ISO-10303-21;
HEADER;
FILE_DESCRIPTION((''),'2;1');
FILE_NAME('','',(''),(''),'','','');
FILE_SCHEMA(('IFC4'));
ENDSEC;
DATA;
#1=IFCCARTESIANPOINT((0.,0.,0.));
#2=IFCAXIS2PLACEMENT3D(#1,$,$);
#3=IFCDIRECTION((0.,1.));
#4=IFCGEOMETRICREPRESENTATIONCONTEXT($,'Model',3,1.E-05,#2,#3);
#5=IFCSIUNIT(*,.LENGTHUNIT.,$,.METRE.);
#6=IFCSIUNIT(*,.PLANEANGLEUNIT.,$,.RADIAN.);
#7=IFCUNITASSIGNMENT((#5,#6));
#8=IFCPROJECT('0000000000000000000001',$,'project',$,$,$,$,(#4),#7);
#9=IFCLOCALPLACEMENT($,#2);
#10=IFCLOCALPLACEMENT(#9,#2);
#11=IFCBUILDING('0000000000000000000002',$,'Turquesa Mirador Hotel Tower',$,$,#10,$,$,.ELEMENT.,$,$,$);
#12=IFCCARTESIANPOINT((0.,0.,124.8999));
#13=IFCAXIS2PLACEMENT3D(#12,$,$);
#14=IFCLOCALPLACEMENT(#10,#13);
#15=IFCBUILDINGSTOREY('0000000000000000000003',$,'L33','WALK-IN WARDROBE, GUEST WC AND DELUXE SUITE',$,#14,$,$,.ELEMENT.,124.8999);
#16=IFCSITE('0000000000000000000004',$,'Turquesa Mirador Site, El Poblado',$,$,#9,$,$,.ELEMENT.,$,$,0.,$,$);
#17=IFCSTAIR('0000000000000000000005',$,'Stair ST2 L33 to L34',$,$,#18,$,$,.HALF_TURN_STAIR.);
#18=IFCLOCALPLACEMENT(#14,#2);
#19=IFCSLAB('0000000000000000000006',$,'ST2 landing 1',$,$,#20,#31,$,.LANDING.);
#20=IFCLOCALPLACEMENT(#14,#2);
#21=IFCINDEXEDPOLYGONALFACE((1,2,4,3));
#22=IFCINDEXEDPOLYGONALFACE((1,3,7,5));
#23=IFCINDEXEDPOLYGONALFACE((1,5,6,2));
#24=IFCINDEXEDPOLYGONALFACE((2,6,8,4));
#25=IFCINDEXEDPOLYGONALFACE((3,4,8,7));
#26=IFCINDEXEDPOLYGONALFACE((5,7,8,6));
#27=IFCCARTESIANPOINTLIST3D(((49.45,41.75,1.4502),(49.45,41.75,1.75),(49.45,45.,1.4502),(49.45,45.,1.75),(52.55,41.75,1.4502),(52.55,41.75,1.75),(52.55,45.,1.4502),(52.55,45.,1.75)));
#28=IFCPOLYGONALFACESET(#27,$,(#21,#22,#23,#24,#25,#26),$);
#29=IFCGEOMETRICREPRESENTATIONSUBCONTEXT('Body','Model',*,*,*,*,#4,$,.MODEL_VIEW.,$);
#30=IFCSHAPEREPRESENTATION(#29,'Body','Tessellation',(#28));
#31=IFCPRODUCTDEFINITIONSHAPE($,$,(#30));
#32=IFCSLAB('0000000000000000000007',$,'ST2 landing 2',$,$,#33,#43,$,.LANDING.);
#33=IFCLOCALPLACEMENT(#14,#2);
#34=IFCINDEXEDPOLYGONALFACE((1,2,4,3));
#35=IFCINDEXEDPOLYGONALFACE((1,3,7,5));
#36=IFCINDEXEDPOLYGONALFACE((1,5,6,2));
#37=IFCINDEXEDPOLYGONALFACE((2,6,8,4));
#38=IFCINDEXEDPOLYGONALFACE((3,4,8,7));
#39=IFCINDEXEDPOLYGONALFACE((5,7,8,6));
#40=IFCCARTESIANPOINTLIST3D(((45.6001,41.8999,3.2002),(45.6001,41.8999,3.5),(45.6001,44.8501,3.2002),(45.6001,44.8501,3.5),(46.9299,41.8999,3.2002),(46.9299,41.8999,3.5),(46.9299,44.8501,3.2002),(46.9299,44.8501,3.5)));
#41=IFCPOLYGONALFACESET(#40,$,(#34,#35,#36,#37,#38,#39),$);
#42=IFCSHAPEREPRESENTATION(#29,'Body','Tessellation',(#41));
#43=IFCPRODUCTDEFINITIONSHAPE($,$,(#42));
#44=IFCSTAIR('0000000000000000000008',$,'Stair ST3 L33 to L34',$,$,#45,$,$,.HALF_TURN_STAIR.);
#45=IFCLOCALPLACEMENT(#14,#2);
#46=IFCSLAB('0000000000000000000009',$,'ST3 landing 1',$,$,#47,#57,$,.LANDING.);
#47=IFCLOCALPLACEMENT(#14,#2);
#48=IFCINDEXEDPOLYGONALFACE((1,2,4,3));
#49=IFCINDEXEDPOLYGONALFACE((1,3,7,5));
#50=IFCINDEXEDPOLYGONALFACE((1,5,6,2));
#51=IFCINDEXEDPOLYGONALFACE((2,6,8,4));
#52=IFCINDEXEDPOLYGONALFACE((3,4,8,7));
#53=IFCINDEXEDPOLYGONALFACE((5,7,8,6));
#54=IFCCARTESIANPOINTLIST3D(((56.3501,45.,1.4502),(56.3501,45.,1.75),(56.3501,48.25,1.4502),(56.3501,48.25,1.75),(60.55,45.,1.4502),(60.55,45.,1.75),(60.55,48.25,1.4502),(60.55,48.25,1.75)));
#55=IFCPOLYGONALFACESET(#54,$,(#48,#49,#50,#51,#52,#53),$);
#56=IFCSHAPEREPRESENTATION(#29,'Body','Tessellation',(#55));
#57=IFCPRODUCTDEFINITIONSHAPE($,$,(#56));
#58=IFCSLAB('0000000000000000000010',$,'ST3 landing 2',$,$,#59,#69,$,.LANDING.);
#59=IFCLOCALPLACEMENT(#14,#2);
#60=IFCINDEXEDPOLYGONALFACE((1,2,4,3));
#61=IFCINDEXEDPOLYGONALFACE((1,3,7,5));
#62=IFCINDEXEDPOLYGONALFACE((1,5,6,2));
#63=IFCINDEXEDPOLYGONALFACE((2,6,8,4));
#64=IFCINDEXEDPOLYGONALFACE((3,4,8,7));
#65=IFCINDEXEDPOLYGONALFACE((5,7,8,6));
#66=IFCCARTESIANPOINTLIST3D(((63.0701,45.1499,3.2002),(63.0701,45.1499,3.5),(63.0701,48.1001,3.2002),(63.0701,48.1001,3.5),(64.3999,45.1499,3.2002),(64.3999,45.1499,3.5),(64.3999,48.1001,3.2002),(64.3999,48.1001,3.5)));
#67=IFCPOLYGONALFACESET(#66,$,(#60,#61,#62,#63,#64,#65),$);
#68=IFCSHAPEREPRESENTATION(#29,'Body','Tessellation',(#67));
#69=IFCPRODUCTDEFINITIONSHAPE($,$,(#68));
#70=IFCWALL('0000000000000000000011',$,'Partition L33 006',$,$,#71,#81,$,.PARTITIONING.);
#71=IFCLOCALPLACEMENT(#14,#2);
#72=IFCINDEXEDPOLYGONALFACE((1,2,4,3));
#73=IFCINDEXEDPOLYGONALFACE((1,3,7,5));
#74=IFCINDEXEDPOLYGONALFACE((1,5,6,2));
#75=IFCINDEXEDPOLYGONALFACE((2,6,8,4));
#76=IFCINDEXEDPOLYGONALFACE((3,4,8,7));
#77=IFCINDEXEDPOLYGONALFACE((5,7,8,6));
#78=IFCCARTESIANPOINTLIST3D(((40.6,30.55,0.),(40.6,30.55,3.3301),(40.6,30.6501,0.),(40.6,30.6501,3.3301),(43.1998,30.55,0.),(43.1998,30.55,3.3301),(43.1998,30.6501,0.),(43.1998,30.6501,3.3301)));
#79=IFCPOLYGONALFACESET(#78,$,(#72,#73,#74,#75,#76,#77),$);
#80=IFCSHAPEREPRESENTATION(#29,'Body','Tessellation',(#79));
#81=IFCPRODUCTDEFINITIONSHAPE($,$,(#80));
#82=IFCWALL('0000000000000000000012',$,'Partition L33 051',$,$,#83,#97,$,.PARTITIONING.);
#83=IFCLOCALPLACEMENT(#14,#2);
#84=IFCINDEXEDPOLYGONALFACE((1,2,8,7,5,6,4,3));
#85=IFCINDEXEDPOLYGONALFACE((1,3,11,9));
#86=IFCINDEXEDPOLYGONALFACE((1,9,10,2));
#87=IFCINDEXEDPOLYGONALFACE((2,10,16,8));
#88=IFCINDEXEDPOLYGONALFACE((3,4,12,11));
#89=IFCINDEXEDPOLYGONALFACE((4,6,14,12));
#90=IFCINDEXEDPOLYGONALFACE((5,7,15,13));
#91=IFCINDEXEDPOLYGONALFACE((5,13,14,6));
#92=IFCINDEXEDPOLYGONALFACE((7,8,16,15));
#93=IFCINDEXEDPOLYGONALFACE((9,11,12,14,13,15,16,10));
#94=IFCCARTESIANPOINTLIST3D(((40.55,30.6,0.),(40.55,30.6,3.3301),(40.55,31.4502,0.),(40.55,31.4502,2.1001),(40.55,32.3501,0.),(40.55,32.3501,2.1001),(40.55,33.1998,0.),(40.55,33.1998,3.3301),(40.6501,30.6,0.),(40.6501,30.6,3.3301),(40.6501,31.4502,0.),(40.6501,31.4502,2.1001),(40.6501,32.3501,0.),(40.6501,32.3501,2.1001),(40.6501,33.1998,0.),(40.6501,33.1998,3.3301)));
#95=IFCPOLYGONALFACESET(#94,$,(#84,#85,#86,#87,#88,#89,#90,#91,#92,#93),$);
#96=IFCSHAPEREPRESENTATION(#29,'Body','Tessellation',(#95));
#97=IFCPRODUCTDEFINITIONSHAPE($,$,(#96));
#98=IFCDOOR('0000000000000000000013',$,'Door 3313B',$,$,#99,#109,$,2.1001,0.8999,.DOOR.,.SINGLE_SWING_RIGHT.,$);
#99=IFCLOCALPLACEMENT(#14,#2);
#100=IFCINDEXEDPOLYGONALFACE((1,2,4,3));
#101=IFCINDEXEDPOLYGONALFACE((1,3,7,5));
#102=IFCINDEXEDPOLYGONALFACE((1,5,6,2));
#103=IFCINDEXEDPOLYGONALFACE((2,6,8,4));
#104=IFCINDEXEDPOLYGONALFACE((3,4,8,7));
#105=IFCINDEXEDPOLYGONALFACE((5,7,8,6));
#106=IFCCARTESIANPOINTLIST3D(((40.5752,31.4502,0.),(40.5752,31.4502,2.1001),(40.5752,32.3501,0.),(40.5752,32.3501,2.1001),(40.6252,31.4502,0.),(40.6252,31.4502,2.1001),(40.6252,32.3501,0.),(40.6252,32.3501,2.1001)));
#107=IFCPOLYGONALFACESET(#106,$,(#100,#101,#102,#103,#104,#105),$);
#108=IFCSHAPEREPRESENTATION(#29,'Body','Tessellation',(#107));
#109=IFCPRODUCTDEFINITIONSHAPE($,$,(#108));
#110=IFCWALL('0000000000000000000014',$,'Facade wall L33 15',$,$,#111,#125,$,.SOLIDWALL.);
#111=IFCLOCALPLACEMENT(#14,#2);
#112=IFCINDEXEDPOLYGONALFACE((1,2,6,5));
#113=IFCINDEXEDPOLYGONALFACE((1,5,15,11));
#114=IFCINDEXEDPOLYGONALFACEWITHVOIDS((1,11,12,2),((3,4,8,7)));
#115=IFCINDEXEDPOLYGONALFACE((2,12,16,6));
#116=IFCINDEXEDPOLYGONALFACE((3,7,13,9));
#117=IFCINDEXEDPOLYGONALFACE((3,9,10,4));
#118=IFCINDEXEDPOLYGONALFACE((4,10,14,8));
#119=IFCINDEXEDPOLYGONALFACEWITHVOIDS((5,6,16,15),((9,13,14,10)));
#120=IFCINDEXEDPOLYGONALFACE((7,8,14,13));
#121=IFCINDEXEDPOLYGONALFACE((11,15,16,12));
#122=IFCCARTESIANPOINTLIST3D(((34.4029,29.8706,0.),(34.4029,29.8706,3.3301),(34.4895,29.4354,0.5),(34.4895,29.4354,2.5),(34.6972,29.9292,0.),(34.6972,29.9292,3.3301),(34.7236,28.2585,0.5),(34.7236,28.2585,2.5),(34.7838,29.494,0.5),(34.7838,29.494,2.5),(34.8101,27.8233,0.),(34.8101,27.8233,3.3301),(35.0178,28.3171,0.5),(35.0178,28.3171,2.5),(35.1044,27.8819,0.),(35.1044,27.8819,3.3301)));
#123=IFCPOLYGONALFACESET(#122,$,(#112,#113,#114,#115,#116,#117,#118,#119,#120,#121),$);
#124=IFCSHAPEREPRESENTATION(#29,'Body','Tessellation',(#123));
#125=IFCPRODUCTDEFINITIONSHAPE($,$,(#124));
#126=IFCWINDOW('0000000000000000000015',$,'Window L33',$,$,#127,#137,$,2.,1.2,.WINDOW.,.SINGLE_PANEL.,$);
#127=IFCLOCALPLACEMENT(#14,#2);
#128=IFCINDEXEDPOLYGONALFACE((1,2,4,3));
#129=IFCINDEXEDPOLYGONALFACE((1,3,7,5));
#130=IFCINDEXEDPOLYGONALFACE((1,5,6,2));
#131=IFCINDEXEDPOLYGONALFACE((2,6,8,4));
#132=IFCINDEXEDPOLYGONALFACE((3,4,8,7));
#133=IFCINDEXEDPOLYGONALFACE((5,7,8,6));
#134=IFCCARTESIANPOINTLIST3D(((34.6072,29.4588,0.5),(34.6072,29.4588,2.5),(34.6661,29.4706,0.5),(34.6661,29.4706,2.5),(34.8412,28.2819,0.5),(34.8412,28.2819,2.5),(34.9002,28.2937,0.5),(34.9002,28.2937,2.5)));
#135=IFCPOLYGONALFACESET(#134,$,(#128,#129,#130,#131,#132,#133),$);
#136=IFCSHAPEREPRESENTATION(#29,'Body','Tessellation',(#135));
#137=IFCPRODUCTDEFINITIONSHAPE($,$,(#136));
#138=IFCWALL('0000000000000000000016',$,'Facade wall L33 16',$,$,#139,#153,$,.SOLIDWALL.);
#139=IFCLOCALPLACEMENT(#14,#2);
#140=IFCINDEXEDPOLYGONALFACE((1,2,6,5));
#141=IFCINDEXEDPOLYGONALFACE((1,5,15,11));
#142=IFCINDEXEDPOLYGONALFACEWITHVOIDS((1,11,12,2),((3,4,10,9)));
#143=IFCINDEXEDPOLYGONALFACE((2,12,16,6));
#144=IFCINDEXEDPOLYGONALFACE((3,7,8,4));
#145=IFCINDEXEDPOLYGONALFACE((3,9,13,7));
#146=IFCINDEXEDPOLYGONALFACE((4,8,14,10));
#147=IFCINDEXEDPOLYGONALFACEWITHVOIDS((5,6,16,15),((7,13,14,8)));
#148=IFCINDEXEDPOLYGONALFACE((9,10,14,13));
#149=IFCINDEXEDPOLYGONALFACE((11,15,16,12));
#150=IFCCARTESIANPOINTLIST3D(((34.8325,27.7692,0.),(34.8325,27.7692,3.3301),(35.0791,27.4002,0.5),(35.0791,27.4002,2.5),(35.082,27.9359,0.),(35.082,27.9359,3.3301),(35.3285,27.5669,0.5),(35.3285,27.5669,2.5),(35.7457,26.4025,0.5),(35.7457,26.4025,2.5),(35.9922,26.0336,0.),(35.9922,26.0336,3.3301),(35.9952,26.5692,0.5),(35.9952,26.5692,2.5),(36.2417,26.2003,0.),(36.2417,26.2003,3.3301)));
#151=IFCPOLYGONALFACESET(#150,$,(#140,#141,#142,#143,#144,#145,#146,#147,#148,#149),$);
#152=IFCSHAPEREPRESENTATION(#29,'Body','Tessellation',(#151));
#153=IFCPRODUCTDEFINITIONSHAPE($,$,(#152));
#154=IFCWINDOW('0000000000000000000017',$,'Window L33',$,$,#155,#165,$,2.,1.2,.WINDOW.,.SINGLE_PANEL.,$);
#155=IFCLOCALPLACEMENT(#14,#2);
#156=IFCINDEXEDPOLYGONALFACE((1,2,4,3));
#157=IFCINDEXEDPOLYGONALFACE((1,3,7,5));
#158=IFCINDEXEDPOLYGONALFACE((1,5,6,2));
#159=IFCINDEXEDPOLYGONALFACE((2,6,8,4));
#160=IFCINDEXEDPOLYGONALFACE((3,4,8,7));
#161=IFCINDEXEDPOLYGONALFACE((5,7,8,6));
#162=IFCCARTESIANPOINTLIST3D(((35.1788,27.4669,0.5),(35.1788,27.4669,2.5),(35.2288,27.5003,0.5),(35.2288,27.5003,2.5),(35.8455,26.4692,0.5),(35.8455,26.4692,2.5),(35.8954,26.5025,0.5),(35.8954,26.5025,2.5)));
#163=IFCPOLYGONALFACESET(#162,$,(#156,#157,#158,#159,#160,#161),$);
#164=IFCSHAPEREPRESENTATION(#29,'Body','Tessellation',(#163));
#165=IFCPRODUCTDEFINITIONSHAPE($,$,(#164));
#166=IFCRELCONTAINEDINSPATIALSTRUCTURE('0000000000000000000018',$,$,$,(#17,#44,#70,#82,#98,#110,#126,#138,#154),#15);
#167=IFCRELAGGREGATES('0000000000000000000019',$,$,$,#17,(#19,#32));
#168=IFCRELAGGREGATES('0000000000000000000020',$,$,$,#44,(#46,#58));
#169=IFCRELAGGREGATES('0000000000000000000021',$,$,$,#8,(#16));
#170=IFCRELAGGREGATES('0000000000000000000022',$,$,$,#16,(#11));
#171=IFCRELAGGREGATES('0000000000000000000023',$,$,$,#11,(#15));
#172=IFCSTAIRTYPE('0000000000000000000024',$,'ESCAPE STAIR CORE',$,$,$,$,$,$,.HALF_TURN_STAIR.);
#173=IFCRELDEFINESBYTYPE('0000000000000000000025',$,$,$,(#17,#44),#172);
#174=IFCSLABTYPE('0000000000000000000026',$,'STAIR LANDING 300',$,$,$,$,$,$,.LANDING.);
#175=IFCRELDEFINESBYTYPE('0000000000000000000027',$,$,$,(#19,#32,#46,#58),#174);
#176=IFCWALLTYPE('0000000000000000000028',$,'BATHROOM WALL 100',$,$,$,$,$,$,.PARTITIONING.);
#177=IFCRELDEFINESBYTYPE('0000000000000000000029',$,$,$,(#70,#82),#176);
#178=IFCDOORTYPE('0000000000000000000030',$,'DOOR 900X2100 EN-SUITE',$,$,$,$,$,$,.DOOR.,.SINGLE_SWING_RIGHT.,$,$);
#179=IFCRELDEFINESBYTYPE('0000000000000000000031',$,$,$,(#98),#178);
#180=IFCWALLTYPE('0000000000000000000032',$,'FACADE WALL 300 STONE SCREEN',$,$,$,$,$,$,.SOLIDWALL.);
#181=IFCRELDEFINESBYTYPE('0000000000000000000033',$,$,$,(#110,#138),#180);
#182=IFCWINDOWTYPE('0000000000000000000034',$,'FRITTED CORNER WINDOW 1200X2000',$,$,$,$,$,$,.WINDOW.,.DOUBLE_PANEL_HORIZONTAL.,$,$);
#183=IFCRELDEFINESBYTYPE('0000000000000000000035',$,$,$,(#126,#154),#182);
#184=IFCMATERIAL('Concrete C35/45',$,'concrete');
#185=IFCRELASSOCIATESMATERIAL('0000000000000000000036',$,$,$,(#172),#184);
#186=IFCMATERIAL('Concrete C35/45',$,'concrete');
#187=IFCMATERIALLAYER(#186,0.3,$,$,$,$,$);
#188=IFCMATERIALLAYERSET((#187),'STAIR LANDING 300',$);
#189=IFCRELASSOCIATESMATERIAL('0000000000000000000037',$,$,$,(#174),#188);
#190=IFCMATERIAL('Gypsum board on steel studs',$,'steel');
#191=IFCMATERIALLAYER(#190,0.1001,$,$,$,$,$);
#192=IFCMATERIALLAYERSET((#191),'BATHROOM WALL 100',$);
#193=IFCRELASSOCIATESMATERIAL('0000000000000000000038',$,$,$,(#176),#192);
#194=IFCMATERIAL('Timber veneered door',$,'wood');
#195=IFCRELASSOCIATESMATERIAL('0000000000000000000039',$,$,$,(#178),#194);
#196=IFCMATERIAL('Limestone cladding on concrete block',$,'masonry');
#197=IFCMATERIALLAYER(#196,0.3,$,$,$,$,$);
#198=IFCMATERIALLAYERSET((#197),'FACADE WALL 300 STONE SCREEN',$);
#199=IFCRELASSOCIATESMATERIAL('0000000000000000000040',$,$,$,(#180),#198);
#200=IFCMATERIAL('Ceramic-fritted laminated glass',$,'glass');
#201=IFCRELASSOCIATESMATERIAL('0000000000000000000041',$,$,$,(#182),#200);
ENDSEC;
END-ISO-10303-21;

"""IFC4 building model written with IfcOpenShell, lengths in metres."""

from ifc_helpers import new_model, si_unit, direction, frame, frame_2d, origin, place, context, subcontext, project, spatial, polyline, rectangle, outline, extrude, material, layer, layer_set, type_object, element, fill, aggregate, save


model = new_model("IFC4")

# Units and contexts
model_context = context("Model", 3, precision=1e-05, world=origin(), true_north=direction((0.0, 1.0)))
body_context = subcontext(model_context, "Body", "Model", "MODEL_VIEW")
ifc_project = project(units=[si_unit("LENGTHUNIT", "METRE"), si_unit("PLANEANGLEUNIT", "RADIAN")], contexts=[model_context])

# Site, building, storey
site_placement = place(None, origin())
site = spatial("IfcSite", under=ifc_project, at=site_placement, Name="Turquesa Mirador Site, El Poblado", CompositionType="ELEMENT", RefElevation=0.0)
building_placement = place(site_placement, origin())
building = spatial("IfcBuilding", under=site, at=building_placement, Name="Turquesa Mirador Hotel Tower", CompositionType="ELEMENT")
storey_placement = place(building_placement, frame((0.0, 0.0, 124.8999)))
storey = spatial("IfcBuildingStorey", under=building, at=storey_placement, Name="L33", Description="WALK-IN WARDROBE, GUEST WC AND DELUXE SUITE", CompositionType="ELEMENT", Elevation=124.8999)

# Stairs, slabs
ifc_material_1 = material(Name="Concrete C35/45", Category="concrete")
stair_type = type_object("IfcStairType", Name="ESCAPE STAIR CORE", PredefinedType="HALF_TURN_STAIR", material=ifc_material_1)
ifc_material_2 = material(Name="Concrete C35/45", Category="concrete")
ifc_layer_1 = layer(ifc_material_2, 0.3)
ifc_layer_set_1 = layer_set([ifc_layer_1], Name="STAIR LANDING 300")
slab_type_1 = type_object("IfcSlabType", Name="STAIR LANDING 300", PredefinedType="LANDING", material=ifc_layer_set_1)
stair_1_placement = place(storey_placement, origin())
stair_1 = element("IfcStair", 1, at=stair_1_placement, inside=storey, type_object=stair_type, Name="Stair ST2 L33 to L34", PredefinedType="HALF_TURN_STAIR")
slab_1_placement = place(storey_placement, frame((0.0, 0.0, 1.4502)))
slab_1 = element("IfcSlab", 2, at=slab_1_placement, type_object=slab_type_1, Name="ST2 landing 1", PredefinedType="LANDING", context=body_context, shape_type="SweptSolid", body=[
    extrude(outline(polyline([(52.55, 45.0), (49.45, 45.0), (49.45, 41.75), (52.55, 41.75), (52.55, 45.0)])), origin(), (0.0, 0.0, 1.0), 0.2998),
])
slab_2_placement = place(storey_placement, frame((0.0, 0.0, 3.2002)))
slab_2 = element("IfcSlab", 3, at=slab_2_placement, type_object=slab_type_1, Name="ST2 landing 2", PredefinedType="LANDING", context=body_context, shape_type="SweptSolid", body=[
    extrude(outline(polyline([(46.9299, 44.8501), (45.6001, 44.8501), (45.6001, 41.8999), (46.9299, 41.8999), (46.9299, 44.8501)])), origin(), (0.0, 0.0, 1.0), 0.2998),
])
aggregate(stair_1, [slab_1, slab_2])
stair_2_placement = place(storey_placement, origin())
stair_2 = element("IfcStair", 4, at=stair_2_placement, inside=storey, type_object=stair_type, Name="Stair ST3 L33 to L34", PredefinedType="HALF_TURN_STAIR")
slab_3_placement = place(storey_placement, frame((0.0, 0.0, 1.4502)))
slab_3 = element("IfcSlab", 5, at=slab_3_placement, type_object=slab_type_1, Name="ST3 landing 1", PredefinedType="LANDING", context=body_context, shape_type="SweptSolid", body=[
    extrude(outline(polyline([(56.3501, 45.0), (60.55, 45.0), (60.55, 48.25), (56.3501, 48.25), (56.3501, 45.0)])), origin(), (0.0, 0.0, 1.0), 0.2998),
])
slab_4_placement = place(storey_placement, frame((0.0, 0.0, 3.2002)))
slab_4 = element("IfcSlab", 6, at=slab_4_placement, type_object=slab_type_1, Name="ST3 landing 2", PredefinedType="LANDING", context=body_context, shape_type="SweptSolid", body=[
    extrude(outline(polyline([(63.0701, 45.1499), (64.3999, 45.1499), (64.3999, 48.1001), (63.0701, 48.1001), (63.0701, 45.1499)])), origin(), (0.0, 0.0, 1.0), 0.2998),
])
aggregate(stair_2, [slab_3, slab_4])

# Wall
ifc_material_3 = material(Name="Gypsum board on steel studs", Category="steel")
ifc_layer_2 = layer(ifc_material_3, 0.1001)
ifc_layer_set_2 = layer_set([ifc_layer_2], Name="BATHROOM WALL 100")
wall_type_1 = type_object("IfcWallType", Name="BATHROOM WALL 100", PredefinedType="PARTITIONING", material=ifc_layer_set_2)
wall_1_placement = place(storey_placement, frame((40.6001, 30.6001, 0.0), z_axis=(0.0, 0.0, 1.0), x_axis=(1.0, 0.0, 0.0)))
element("IfcWall", 7, at=wall_1_placement, inside=storey, type_object=wall_type_1, Name="Partition L33 006", PredefinedType="PARTITIONING", context=body_context, shape_type="SweptSolid", body=[
    extrude(rectangle(XDim=2.5999, YDim=0.1001, at=frame_2d((1.2998, 0.0))), origin(), (0.0, 0.0, 1.0), 3.3301),
])

# Wall, opening, door
wall_2_placement = place(storey_placement, frame((40.6001, 30.6001, 0.0), z_axis=(0.0, 0.0, 1.0), x_axis=(0.0, 1.0, 0.0)))
wall_2 = element("IfcWall", 8, at=wall_2_placement, inside=storey, type_object=wall_type_1, Name="Partition L33 051", PredefinedType="PARTITIONING", context=body_context, shape_type="SweptSolid", body=[
    extrude(rectangle(XDim=2.5999, YDim=0.1001, at=frame_2d((1.2998, 0.0))), origin(), (0.0, 0.0, 1.0), 3.3301),
])
opening_1_placement = place(wall_2_placement, frame((0.8501, 0.0, 0.0)))
opening_1 = element("IfcOpeningElement", 9, at=opening_1_placement, cuts=wall_2, PredefinedType="OPENING", context=body_context, shape_type="SweptSolid", body=[
    extrude(rectangle(XDim=0.8999, YDim=2.1001, at=frame_2d((0.45, 1.05))), frame((0.0, 0.0601, 0.0), z_axis=(0.0, -1.0, 0.0), x_axis=(1.0, 0.0, 0.0)), (0.0, 0.0, 1.0), 0.1201),
])
ifc_material_4 = material(Name="Timber veneered door", Category="wood")
door_type = type_object("IfcDoorType", Name="DOOR 900X2100 EN-SUITE", OperationType="SINGLE_SWING_RIGHT", PredefinedType="DOOR", material=ifc_material_4)
door_placement = place(opening_1_placement, origin())
door = element("IfcDoor", 10, at=door_placement, inside=storey, type_object=door_type, Name="Door 3313B", OperationType="SINGLE_SWING_RIGHT", OverallHeight=2.1001, OverallWidth=0.8999, PredefinedType="DOOR", context=body_context, shape_type="SweptSolid", body=[
    extrude(rectangle(XDim=0.8999, YDim=2.1001, at=frame_2d((0.45, 1.05))), frame((0.0, 0.0249, 0.0), z_axis=(0.0, -1.0, 0.0), x_axis=(1.0, 0.0, 0.0)), (0.0, 0.0, 1.0), 0.05),
])
fill(opening_1, door)

# Walls, openings, windows
ifc_material_5 = material(Name="Limestone cladding on concrete block", Category="masonry")
ifc_layer_3 = layer(ifc_material_5, 0.3)
ifc_layer_set_3 = layer_set([ifc_layer_3], Name="FACADE WALL 300 STONE SCREEN")
wall_type_2 = type_object("IfcWallType", Name="FACADE WALL 300 STONE SCREEN", PredefinedType="SOLIDWALL", material=ifc_layer_set_3)
wall_3_placement = place(storey_placement, frame((34.55, 29.8999, 0.0), z_axis=(0.0, 0.0, 1.0), x_axis=(0.195081, -0.980787, 0.0)))
wall_3 = element("IfcWall", 11, at=wall_3_placement, inside=storey, type_object=wall_type_2, Name="Facade wall L33 15", PredefinedType="SOLIDWALL", context=body_context, shape_type="SweptSolid", body=[
    extrude(rectangle(XDim=2.0874, YDim=0.3, at=frame_2d((1.0437, 0.0))), origin(), (0.0, 0.0, 1.0), 3.3301),
])
opening_2_placement = place(wall_3_placement, frame((0.4436, 0.0, 0.5)))
opening_2 = element("IfcOpeningElement", 12, at=opening_2_placement, cuts=wall_3, PredefinedType="OPENING", context=body_context, shape_type="SweptSolid", body=[
    extrude(rectangle(XDim=1.2, YDim=2.0, at=frame_2d((0.6001, 1.0))), frame((0.0, 0.1599, 0.0), z_axis=(0.0, -1.0, 0.0), x_axis=(1.0, 0.0, 0.0)), (0.0, 0.0, 1.0), 0.3201),
])
ifc_material_6 = material(Name="Ceramic-fritted laminated glass", Category="glass")
window_type_1 = type_object("IfcWindowType", Name="FRITTED CORNER WINDOW 1200X2000", PartitioningType="DOUBLE_PANEL_HORIZONTAL", PredefinedType="WINDOW", material=ifc_material_6)
window_1_placement = place(opening_2_placement, origin())
window_1 = element("IfcWindow", 13, at=window_1_placement, inside=storey, type_object=window_type_1, Name="Window L33", OverallHeight=2.0, OverallWidth=1.2, PartitioningType="SINGLE_PANEL", PredefinedType="WINDOW", context=body_context, shape_type="SweptSolid", body=[
    extrude(rectangle(XDim=1.2, YDim=2.0, at=frame_2d((0.6001, 1.0))), frame((0.0, 0.03, 0.0), z_axis=(0.0, -1.0, 0.0), x_axis=(1.0, 0.0, 0.0)), (0.0, 0.0, 1.0), 0.0601),
])
fill(opening_2, window_1)
wall_4_placement = place(storey_placement, frame((34.9573, 27.8525, 0.0), z_axis=(0.0, 0.0, 1.0), x_axis=(0.555564, -0.831474, 0.0)))
wall_4 = element("IfcWall", 14, at=wall_4_placement, inside=storey, type_object=wall_type_2, Name="Facade wall L33 16", PredefinedType="SOLIDWALL", context=body_context, shape_type="SweptSolid", body=[
    extrude(rectangle(XDim=2.0874, YDim=0.3, at=frame_2d((1.0437, 0.0))), origin(), (0.0, 0.0, 1.0), 3.3301),
])
opening_3_placement = place(wall_4_placement, frame((0.4436, 0.0, 0.5)))
opening_3 = element("IfcOpeningElement", 15, at=opening_3_placement, cuts=wall_4, PredefinedType="OPENING", context=body_context, shape_type="SweptSolid", body=[
    extrude(rectangle(XDim=1.2, YDim=2.0, at=frame_2d((0.6001, 1.0))), frame((0.0, 0.1599, 0.0), z_axis=(0.0, -1.0, 0.0), x_axis=(1.0, 0.0, 0.0)), (0.0, 0.0, 1.0), 0.3201),
])
window_2_placement = place(opening_3_placement, origin())
window_2 = element("IfcWindow", 16, at=window_2_placement, inside=storey, type_object=window_type_1, Name="Window L33", OverallHeight=2.0, OverallWidth=1.2, PartitioningType="SINGLE_PANEL", PredefinedType="WINDOW", context=body_context, shape_type="SweptSolid", body=[
    extrude(rectangle(XDim=1.2, YDim=2.0, at=frame_2d((0.6001, 1.0))), frame((0.0, 0.03, 0.0), z_axis=(0.0, -1.0, 0.0), x_axis=(1.0, 0.0, 0.0)), (0.0, 0.0, 1.0), 0.0601),
])
fill(opening_3, window_2)

save(model, "model.ifc")
